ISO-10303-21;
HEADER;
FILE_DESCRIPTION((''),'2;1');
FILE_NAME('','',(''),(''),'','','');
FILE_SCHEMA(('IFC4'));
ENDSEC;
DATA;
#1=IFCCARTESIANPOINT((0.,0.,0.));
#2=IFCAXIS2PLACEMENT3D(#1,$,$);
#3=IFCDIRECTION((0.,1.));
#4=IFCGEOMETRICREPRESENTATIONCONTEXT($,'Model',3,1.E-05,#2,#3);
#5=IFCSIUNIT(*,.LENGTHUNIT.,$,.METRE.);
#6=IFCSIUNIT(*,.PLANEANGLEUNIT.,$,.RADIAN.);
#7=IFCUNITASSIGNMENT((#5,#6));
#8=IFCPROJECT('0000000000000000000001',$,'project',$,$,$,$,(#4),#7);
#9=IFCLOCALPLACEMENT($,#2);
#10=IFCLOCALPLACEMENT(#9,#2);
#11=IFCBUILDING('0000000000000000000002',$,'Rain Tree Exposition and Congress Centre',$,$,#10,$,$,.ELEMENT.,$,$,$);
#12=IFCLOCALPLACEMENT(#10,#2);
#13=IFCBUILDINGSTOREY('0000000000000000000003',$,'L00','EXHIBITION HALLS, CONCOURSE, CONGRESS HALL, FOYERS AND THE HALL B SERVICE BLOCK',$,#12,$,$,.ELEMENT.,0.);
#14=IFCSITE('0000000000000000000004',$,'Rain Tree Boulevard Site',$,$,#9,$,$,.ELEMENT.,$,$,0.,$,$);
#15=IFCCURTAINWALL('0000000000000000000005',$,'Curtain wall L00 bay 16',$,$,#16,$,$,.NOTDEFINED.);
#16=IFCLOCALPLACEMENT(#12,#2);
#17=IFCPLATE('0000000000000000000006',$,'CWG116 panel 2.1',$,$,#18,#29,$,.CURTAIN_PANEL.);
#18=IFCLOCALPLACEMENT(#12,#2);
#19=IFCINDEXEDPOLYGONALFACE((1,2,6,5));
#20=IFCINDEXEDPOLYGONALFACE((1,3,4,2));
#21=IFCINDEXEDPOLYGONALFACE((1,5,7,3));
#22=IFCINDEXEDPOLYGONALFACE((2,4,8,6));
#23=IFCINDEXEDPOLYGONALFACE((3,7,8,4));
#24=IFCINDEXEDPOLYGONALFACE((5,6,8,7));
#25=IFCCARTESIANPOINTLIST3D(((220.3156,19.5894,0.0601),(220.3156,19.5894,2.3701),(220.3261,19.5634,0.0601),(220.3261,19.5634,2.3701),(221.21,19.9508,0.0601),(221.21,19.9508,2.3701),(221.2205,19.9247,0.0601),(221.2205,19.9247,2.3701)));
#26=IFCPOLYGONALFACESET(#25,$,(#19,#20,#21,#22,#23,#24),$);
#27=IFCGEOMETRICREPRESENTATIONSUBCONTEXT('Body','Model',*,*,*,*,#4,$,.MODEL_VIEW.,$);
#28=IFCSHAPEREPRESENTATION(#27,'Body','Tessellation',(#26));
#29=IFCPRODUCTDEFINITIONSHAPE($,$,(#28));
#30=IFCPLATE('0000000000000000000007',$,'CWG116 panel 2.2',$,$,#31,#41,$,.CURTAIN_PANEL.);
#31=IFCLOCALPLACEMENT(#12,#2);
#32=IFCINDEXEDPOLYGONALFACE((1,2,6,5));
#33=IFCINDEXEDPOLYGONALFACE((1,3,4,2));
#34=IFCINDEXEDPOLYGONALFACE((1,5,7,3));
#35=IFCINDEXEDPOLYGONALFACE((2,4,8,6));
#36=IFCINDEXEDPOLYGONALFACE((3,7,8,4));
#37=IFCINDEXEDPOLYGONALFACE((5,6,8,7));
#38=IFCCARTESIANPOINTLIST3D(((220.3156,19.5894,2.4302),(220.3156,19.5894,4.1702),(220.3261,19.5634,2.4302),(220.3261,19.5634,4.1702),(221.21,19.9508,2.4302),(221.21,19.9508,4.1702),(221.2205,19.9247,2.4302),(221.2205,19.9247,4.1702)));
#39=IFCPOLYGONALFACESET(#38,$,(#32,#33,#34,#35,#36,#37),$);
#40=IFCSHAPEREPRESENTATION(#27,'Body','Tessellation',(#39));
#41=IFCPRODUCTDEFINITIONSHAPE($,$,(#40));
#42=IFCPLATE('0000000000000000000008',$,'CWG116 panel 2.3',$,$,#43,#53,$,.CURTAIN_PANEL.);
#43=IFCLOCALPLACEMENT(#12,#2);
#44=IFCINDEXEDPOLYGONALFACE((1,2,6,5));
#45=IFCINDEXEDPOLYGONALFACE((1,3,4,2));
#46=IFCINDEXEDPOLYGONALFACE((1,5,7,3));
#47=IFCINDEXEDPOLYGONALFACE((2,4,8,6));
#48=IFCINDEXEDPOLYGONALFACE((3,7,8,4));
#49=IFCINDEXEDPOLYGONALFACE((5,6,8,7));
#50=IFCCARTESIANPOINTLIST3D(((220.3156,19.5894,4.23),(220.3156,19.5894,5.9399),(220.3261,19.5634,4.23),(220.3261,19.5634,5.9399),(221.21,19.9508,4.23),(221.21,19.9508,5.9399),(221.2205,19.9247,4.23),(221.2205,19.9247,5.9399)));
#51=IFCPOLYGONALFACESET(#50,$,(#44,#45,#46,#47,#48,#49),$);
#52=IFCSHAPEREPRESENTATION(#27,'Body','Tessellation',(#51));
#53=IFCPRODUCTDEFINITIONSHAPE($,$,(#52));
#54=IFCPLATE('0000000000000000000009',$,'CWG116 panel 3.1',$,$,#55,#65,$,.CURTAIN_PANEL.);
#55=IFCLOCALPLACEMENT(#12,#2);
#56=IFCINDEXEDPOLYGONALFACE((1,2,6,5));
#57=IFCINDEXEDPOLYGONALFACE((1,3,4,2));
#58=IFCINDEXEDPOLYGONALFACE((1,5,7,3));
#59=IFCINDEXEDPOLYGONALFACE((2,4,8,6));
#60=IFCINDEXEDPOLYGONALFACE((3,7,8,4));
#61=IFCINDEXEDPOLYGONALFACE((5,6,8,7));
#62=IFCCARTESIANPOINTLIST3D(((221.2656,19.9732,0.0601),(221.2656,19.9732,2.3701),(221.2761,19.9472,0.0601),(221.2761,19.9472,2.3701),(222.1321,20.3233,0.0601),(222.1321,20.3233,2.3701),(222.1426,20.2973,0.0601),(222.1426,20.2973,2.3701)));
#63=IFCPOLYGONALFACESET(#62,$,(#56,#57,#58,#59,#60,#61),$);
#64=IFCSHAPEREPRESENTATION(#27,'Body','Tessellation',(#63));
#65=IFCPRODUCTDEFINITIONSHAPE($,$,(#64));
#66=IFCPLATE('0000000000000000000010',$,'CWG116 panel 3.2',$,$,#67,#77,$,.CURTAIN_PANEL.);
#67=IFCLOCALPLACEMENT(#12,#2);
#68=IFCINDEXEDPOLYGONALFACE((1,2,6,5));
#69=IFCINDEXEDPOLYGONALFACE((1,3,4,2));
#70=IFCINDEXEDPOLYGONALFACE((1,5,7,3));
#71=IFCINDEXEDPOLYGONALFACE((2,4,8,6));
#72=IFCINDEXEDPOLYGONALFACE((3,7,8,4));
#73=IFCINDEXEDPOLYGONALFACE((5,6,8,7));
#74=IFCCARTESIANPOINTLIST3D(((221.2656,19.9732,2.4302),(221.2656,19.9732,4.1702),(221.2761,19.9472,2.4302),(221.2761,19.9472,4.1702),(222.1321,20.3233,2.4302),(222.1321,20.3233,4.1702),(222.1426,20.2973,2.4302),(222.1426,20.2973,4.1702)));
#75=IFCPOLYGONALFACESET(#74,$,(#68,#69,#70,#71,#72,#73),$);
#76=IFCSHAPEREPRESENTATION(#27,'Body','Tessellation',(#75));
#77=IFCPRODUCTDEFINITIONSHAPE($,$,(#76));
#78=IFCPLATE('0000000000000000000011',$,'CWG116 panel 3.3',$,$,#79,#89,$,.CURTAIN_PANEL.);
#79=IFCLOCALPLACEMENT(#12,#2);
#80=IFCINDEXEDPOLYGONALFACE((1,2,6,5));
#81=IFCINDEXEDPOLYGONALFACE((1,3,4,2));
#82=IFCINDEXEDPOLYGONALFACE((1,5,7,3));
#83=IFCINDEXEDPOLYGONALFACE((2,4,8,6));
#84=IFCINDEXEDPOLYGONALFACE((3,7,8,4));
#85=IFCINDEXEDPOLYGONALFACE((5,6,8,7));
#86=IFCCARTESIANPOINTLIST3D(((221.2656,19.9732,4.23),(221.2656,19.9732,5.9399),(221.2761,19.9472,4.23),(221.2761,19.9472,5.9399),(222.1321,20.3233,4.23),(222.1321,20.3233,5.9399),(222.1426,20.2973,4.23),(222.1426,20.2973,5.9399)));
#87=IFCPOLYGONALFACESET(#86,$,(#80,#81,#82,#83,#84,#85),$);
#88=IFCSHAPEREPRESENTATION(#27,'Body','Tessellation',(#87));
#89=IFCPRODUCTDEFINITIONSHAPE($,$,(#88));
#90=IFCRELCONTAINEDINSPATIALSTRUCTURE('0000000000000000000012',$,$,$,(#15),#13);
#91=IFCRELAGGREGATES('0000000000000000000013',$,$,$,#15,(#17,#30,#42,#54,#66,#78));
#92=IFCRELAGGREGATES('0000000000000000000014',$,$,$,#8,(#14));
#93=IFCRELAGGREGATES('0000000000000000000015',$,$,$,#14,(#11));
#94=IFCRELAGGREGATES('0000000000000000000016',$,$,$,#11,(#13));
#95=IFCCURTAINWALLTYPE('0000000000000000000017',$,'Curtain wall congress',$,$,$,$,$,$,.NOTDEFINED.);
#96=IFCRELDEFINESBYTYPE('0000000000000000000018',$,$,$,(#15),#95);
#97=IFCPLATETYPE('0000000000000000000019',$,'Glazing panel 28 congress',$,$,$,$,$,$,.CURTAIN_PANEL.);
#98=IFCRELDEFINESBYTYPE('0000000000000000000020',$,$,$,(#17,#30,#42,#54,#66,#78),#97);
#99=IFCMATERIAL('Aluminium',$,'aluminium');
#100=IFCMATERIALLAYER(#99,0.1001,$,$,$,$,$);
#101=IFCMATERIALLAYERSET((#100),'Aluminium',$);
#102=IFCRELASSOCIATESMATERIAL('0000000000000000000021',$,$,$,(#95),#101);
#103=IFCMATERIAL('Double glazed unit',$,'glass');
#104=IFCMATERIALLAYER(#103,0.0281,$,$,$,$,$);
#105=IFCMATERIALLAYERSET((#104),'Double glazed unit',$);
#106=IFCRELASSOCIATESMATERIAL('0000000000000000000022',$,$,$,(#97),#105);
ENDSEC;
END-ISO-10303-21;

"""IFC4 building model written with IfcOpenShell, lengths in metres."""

from ifc_helpers import new_model, si_unit, direction, frame, origin, origin_2d, place, context, subcontext, project, spatial, rectangle, extrude, material, layer, layer_set, type_object, element, aggregate, save


model = new_model("IFC4")

# Units and contexts
model_context = context("Model", 3, precision=1e-05, world=origin(), true_north=direction((0.0, 1.0)))
body_context = subcontext(model_context, "Body", "Model", "MODEL_VIEW")
ifc_project = project(units=[si_unit("LENGTHUNIT", "METRE"), si_unit("PLANEANGLEUNIT", "RADIAN")], contexts=[model_context])

# Site, building, storey
site_placement = place(None, origin())
site = spatial("IfcSite", under=ifc_project, at=site_placement, Name="Rain Tree Boulevard Site", CompositionType="ELEMENT", RefElevation=0.0)
building_placement = place(site_placement, origin())
building = spatial("IfcBuilding", under=site, at=building_placement, Name="Rain Tree Exposition and Congress Centre", CompositionType="ELEMENT")
storey_placement = place(building_placement, origin())
storey = spatial("IfcBuildingStorey", under=building, at=storey_placement, Name="L00", Description="EXHIBITION HALLS, CONCOURSE, CONGRESS HALL, FOYERS AND THE HALL B SERVICE BLOCK", CompositionType="ELEMENT", Elevation=0.0)

# Curtain wall
ifc_material_1 = material(Name="Aluminium", Category="aluminium")
ifc_layer_1 = layer(ifc_material_1, 0.1001)
ifc_layer_set_1 = layer_set([ifc_layer_1], Name="Aluminium")
curtain_wall_type = type_object("IfcCurtainWallType", Name="Curtain wall congress", PredefinedType="NOTDEFINED", material=ifc_layer_set_1)
curtain_wall_1_placement = place(storey_placement, origin())
curtain_wall_1 = element("IfcCurtainWall", 1, at=curtain_wall_1_placement, inside=storey, type_object=curtain_wall_type, Name="Curtain wall L00 bay 16", PredefinedType="NOTDEFINED")

# Plates
ifc_material_2 = material(Name="Double glazed unit", Category="glass")
ifc_layer_2 = layer(ifc_material_2, 0.0281)
ifc_layer_set_2 = layer_set([ifc_layer_2], Name="Double glazed unit")
plate_type = type_object("IfcPlateType", Name="Glazing panel 28 congress", PredefinedType="CURTAIN_PANEL", material=ifc_layer_set_2)
plate_1_placement = place(storey_placement, frame((220.7681, 19.7571, 0.0601), z_axis=(0.0, 0.0, 1.0), x_axis=(0.927188, 0.374597, 0.0)))
plate_1 = element("IfcPlate", 2, at=plate_1_placement, type_object=plate_type, Name="CWG116 panel 2.1", PredefinedType="CURTAIN_PANEL", context=body_context, shape_type="SweptSolid", body=[
    extrude(rectangle(XDim=0.9646, YDim=0.0281, at=origin_2d()), origin(), (0.0, 0.0, 1.0), 2.3101),
])
plate_2_placement = place(storey_placement, frame((220.7681, 19.7571, 2.4302), z_axis=(0.0, 0.0, 1.0), x_axis=(0.927188, 0.374597, 0.0)))
plate_2 = element("IfcPlate", 3, at=plate_2_placement, type_object=plate_type, Name="CWG116 panel 2.2", PredefinedType="CURTAIN_PANEL", context=body_context, shape_type="SweptSolid", body=[
    extrude(rectangle(XDim=0.9646, YDim=0.0281, at=origin_2d()), origin(), (0.0, 0.0, 1.0), 1.74),
])
plate_3_placement = place(storey_placement, frame((220.7681, 19.7571, 4.23), z_axis=(0.0, 0.0, 1.0), x_axis=(0.927188, 0.374597, 0.0)))
plate_3 = element("IfcPlate", 4, at=plate_3_placement, type_object=plate_type, Name="CWG116 panel 2.3", PredefinedType="CURTAIN_PANEL", context=body_context, shape_type="SweptSolid", body=[
    extrude(rectangle(XDim=0.9646, YDim=0.0281, at=origin_2d()), origin(), (0.0, 0.0, 1.0), 1.71),
])
plate_4_placement = place(storey_placement, frame((221.7041, 20.1353, 0.0601), z_axis=(0.0, 0.0, 1.0), x_axis=(0.927188, 0.374597, 0.0)))
plate_4 = element("IfcPlate", 5, at=plate_4_placement, type_object=plate_type, Name="CWG116 panel 3.1", PredefinedType="CURTAIN_PANEL", context=body_context, shape_type="SweptSolid", body=[
    extrude(rectangle(XDim=0.9346, YDim=0.0281, at=origin_2d()), origin(), (0.0, 0.0, 1.0), 2.3101),
])
plate_5_placement = place(storey_placement, frame((221.7041, 20.1353, 2.4302), z_axis=(0.0, 0.0, 1.0), x_axis=(0.927188, 0.374597, 0.0)))
plate_5 = element("IfcPlate", 6, at=plate_5_placement, type_object=plate_type, Name="CWG116 panel 3.2", PredefinedType="CURTAIN_PANEL", context=body_context, shape_type="SweptSolid", body=[
    extrude(rectangle(XDim=0.9346, YDim=0.0281, at=origin_2d()), origin(), (0.0, 0.0, 1.0), 1.74),
])
plate_6_placement = place(storey_placement, frame((221.7041, 20.1353, 4.23), z_axis=(0.0, 0.0, 1.0), x_axis=(0.927188, 0.374597, 0.0)))
plate_6 = element("IfcPlate", 7, at=plate_6_placement, type_object=plate_type, Name="CWG116 panel 3.3", PredefinedType="CURTAIN_PANEL", context=body_context, shape_type="SweptSolid", body=[
    extrude(rectangle(XDim=0.9346, YDim=0.0281, at=origin_2d()), origin(), (0.0, 0.0, 1.0), 1.71),
])
aggregate(curtain_wall_1, [plate_1, plate_2, plate_3, plate_4, plate_5, plate_6])

save(model, "model.ifc")
